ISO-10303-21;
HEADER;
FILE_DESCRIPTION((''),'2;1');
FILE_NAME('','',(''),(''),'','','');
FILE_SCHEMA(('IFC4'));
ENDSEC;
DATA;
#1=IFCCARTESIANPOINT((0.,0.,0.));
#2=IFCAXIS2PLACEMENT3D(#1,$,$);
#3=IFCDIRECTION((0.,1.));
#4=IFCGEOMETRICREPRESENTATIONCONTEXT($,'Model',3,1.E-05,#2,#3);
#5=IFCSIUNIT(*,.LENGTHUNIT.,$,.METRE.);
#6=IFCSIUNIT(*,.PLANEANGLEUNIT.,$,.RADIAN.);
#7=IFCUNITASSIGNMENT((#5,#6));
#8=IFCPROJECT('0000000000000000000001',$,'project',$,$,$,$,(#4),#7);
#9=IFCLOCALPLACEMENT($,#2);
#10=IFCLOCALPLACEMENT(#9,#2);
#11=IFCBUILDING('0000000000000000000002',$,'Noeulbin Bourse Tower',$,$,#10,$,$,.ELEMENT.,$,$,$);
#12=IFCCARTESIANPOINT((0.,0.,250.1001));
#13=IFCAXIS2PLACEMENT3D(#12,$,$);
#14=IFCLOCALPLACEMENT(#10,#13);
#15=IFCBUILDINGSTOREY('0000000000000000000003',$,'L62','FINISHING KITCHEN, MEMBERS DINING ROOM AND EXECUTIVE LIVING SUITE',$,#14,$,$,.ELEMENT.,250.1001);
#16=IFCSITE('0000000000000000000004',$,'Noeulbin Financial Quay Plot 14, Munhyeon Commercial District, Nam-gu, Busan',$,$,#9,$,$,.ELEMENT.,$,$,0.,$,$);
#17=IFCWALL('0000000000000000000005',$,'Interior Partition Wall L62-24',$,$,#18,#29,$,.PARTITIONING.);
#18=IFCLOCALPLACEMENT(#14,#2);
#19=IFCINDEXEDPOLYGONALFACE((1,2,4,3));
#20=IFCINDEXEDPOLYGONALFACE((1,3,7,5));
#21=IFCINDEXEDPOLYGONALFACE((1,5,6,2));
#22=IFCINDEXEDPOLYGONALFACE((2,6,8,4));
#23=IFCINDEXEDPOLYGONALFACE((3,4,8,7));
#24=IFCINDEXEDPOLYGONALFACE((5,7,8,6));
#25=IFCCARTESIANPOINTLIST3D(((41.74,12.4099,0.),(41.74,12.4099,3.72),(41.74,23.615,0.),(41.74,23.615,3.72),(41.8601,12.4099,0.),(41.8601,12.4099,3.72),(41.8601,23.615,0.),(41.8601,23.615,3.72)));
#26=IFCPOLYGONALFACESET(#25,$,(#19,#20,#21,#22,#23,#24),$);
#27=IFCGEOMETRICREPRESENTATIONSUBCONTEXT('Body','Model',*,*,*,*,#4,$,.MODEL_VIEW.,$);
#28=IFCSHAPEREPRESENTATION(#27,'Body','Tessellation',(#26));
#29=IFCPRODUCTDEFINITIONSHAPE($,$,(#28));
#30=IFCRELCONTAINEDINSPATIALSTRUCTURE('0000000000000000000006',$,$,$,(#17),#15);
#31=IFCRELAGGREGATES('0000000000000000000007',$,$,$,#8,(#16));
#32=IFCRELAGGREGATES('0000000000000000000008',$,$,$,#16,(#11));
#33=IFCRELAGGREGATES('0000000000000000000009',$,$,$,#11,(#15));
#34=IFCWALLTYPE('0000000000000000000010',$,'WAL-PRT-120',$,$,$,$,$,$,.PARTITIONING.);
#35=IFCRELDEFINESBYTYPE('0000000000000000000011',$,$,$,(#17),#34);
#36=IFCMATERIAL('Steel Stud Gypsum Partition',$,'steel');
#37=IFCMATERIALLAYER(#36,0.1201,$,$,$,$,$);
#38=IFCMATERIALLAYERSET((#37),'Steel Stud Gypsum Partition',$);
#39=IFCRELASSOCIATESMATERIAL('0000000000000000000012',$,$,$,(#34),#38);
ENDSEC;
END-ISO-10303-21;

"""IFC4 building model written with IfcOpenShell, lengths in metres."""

from ifc_helpers import new_model, si_unit, direction, frame, frame_2d, origin, place, context, subcontext, project, spatial, rectangle, extrude, material, layer, layer_set, type_object, element, save


model = new_model("IFC4")

# Units and contexts
model_context = context("Model", 3, precision=1e-05, world=origin(), true_north=direction((0.0, 1.0)))
body_context = subcontext(model_context, "Body", "Model", "MODEL_VIEW")
ifc_project = project(units=[si_unit("LENGTHUNIT", "METRE"), si_unit("PLANEANGLEUNIT", "RADIAN")], contexts=[model_context])

# Site, building, storey
site_placement = place(None, origin())
site = spatial("IfcSite", under=ifc_project, at=site_placement, Name="Noeulbin Financial Quay Plot 14, Munhyeon Commercial District, Nam-gu, Busan", CompositionType="ELEMENT", RefElevation=0.0)
building_placement = place(site_placement, origin())
building = spatial("IfcBuilding", under=site, at=building_placement, Name="Noeulbin Bourse Tower", CompositionType="ELEMENT")
storey_placement = place(building_placement, frame((0.0, 0.0, 250.1001)))
storey = spatial("IfcBuildingStorey", under=building, at=storey_placement, Name="L62", Description="FINISHING KITCHEN, MEMBERS DINING ROOM AND EXECUTIVE LIVING SUITE", CompositionType="ELEMENT", Elevation=250.1001)

# Shared definitions
ifc_material_1 = material(Name="Steel Stud Gypsum Partition", Category="steel")
ifc_layer_1 = layer(ifc_material_1, 0.1201)
ifc_layer_set_1 = layer_set([ifc_layer_1], Name="Steel Stud Gypsum Partition")
wall_type_1 = type_object("IfcWallType", Name="WAL-PRT-120", PredefinedType="PARTITIONING", material=ifc_layer_set_1)

# Wall
wall_1_placement = place(storey_placement, frame((41.8, 12.4099, 0.0), z_axis=(0.0, 0.0, 1.0), x_axis=(0.0, 1.0, 0.0)))
element("IfcWall", 1, at=wall_1_placement, inside=storey, type_object=wall_type_1, Name="Interior Partition Wall L62-24", PredefinedType="PARTITIONING", context=body_context, shape_type="SweptSolid", body=[
    extrude(rectangle(XDim=11.2051, YDim=0.1201, at=frame_2d((5.6025, 0.0))), origin(), (0.0, 0.0, 1.0), 3.72),
])

save(model, "model.ifc")
